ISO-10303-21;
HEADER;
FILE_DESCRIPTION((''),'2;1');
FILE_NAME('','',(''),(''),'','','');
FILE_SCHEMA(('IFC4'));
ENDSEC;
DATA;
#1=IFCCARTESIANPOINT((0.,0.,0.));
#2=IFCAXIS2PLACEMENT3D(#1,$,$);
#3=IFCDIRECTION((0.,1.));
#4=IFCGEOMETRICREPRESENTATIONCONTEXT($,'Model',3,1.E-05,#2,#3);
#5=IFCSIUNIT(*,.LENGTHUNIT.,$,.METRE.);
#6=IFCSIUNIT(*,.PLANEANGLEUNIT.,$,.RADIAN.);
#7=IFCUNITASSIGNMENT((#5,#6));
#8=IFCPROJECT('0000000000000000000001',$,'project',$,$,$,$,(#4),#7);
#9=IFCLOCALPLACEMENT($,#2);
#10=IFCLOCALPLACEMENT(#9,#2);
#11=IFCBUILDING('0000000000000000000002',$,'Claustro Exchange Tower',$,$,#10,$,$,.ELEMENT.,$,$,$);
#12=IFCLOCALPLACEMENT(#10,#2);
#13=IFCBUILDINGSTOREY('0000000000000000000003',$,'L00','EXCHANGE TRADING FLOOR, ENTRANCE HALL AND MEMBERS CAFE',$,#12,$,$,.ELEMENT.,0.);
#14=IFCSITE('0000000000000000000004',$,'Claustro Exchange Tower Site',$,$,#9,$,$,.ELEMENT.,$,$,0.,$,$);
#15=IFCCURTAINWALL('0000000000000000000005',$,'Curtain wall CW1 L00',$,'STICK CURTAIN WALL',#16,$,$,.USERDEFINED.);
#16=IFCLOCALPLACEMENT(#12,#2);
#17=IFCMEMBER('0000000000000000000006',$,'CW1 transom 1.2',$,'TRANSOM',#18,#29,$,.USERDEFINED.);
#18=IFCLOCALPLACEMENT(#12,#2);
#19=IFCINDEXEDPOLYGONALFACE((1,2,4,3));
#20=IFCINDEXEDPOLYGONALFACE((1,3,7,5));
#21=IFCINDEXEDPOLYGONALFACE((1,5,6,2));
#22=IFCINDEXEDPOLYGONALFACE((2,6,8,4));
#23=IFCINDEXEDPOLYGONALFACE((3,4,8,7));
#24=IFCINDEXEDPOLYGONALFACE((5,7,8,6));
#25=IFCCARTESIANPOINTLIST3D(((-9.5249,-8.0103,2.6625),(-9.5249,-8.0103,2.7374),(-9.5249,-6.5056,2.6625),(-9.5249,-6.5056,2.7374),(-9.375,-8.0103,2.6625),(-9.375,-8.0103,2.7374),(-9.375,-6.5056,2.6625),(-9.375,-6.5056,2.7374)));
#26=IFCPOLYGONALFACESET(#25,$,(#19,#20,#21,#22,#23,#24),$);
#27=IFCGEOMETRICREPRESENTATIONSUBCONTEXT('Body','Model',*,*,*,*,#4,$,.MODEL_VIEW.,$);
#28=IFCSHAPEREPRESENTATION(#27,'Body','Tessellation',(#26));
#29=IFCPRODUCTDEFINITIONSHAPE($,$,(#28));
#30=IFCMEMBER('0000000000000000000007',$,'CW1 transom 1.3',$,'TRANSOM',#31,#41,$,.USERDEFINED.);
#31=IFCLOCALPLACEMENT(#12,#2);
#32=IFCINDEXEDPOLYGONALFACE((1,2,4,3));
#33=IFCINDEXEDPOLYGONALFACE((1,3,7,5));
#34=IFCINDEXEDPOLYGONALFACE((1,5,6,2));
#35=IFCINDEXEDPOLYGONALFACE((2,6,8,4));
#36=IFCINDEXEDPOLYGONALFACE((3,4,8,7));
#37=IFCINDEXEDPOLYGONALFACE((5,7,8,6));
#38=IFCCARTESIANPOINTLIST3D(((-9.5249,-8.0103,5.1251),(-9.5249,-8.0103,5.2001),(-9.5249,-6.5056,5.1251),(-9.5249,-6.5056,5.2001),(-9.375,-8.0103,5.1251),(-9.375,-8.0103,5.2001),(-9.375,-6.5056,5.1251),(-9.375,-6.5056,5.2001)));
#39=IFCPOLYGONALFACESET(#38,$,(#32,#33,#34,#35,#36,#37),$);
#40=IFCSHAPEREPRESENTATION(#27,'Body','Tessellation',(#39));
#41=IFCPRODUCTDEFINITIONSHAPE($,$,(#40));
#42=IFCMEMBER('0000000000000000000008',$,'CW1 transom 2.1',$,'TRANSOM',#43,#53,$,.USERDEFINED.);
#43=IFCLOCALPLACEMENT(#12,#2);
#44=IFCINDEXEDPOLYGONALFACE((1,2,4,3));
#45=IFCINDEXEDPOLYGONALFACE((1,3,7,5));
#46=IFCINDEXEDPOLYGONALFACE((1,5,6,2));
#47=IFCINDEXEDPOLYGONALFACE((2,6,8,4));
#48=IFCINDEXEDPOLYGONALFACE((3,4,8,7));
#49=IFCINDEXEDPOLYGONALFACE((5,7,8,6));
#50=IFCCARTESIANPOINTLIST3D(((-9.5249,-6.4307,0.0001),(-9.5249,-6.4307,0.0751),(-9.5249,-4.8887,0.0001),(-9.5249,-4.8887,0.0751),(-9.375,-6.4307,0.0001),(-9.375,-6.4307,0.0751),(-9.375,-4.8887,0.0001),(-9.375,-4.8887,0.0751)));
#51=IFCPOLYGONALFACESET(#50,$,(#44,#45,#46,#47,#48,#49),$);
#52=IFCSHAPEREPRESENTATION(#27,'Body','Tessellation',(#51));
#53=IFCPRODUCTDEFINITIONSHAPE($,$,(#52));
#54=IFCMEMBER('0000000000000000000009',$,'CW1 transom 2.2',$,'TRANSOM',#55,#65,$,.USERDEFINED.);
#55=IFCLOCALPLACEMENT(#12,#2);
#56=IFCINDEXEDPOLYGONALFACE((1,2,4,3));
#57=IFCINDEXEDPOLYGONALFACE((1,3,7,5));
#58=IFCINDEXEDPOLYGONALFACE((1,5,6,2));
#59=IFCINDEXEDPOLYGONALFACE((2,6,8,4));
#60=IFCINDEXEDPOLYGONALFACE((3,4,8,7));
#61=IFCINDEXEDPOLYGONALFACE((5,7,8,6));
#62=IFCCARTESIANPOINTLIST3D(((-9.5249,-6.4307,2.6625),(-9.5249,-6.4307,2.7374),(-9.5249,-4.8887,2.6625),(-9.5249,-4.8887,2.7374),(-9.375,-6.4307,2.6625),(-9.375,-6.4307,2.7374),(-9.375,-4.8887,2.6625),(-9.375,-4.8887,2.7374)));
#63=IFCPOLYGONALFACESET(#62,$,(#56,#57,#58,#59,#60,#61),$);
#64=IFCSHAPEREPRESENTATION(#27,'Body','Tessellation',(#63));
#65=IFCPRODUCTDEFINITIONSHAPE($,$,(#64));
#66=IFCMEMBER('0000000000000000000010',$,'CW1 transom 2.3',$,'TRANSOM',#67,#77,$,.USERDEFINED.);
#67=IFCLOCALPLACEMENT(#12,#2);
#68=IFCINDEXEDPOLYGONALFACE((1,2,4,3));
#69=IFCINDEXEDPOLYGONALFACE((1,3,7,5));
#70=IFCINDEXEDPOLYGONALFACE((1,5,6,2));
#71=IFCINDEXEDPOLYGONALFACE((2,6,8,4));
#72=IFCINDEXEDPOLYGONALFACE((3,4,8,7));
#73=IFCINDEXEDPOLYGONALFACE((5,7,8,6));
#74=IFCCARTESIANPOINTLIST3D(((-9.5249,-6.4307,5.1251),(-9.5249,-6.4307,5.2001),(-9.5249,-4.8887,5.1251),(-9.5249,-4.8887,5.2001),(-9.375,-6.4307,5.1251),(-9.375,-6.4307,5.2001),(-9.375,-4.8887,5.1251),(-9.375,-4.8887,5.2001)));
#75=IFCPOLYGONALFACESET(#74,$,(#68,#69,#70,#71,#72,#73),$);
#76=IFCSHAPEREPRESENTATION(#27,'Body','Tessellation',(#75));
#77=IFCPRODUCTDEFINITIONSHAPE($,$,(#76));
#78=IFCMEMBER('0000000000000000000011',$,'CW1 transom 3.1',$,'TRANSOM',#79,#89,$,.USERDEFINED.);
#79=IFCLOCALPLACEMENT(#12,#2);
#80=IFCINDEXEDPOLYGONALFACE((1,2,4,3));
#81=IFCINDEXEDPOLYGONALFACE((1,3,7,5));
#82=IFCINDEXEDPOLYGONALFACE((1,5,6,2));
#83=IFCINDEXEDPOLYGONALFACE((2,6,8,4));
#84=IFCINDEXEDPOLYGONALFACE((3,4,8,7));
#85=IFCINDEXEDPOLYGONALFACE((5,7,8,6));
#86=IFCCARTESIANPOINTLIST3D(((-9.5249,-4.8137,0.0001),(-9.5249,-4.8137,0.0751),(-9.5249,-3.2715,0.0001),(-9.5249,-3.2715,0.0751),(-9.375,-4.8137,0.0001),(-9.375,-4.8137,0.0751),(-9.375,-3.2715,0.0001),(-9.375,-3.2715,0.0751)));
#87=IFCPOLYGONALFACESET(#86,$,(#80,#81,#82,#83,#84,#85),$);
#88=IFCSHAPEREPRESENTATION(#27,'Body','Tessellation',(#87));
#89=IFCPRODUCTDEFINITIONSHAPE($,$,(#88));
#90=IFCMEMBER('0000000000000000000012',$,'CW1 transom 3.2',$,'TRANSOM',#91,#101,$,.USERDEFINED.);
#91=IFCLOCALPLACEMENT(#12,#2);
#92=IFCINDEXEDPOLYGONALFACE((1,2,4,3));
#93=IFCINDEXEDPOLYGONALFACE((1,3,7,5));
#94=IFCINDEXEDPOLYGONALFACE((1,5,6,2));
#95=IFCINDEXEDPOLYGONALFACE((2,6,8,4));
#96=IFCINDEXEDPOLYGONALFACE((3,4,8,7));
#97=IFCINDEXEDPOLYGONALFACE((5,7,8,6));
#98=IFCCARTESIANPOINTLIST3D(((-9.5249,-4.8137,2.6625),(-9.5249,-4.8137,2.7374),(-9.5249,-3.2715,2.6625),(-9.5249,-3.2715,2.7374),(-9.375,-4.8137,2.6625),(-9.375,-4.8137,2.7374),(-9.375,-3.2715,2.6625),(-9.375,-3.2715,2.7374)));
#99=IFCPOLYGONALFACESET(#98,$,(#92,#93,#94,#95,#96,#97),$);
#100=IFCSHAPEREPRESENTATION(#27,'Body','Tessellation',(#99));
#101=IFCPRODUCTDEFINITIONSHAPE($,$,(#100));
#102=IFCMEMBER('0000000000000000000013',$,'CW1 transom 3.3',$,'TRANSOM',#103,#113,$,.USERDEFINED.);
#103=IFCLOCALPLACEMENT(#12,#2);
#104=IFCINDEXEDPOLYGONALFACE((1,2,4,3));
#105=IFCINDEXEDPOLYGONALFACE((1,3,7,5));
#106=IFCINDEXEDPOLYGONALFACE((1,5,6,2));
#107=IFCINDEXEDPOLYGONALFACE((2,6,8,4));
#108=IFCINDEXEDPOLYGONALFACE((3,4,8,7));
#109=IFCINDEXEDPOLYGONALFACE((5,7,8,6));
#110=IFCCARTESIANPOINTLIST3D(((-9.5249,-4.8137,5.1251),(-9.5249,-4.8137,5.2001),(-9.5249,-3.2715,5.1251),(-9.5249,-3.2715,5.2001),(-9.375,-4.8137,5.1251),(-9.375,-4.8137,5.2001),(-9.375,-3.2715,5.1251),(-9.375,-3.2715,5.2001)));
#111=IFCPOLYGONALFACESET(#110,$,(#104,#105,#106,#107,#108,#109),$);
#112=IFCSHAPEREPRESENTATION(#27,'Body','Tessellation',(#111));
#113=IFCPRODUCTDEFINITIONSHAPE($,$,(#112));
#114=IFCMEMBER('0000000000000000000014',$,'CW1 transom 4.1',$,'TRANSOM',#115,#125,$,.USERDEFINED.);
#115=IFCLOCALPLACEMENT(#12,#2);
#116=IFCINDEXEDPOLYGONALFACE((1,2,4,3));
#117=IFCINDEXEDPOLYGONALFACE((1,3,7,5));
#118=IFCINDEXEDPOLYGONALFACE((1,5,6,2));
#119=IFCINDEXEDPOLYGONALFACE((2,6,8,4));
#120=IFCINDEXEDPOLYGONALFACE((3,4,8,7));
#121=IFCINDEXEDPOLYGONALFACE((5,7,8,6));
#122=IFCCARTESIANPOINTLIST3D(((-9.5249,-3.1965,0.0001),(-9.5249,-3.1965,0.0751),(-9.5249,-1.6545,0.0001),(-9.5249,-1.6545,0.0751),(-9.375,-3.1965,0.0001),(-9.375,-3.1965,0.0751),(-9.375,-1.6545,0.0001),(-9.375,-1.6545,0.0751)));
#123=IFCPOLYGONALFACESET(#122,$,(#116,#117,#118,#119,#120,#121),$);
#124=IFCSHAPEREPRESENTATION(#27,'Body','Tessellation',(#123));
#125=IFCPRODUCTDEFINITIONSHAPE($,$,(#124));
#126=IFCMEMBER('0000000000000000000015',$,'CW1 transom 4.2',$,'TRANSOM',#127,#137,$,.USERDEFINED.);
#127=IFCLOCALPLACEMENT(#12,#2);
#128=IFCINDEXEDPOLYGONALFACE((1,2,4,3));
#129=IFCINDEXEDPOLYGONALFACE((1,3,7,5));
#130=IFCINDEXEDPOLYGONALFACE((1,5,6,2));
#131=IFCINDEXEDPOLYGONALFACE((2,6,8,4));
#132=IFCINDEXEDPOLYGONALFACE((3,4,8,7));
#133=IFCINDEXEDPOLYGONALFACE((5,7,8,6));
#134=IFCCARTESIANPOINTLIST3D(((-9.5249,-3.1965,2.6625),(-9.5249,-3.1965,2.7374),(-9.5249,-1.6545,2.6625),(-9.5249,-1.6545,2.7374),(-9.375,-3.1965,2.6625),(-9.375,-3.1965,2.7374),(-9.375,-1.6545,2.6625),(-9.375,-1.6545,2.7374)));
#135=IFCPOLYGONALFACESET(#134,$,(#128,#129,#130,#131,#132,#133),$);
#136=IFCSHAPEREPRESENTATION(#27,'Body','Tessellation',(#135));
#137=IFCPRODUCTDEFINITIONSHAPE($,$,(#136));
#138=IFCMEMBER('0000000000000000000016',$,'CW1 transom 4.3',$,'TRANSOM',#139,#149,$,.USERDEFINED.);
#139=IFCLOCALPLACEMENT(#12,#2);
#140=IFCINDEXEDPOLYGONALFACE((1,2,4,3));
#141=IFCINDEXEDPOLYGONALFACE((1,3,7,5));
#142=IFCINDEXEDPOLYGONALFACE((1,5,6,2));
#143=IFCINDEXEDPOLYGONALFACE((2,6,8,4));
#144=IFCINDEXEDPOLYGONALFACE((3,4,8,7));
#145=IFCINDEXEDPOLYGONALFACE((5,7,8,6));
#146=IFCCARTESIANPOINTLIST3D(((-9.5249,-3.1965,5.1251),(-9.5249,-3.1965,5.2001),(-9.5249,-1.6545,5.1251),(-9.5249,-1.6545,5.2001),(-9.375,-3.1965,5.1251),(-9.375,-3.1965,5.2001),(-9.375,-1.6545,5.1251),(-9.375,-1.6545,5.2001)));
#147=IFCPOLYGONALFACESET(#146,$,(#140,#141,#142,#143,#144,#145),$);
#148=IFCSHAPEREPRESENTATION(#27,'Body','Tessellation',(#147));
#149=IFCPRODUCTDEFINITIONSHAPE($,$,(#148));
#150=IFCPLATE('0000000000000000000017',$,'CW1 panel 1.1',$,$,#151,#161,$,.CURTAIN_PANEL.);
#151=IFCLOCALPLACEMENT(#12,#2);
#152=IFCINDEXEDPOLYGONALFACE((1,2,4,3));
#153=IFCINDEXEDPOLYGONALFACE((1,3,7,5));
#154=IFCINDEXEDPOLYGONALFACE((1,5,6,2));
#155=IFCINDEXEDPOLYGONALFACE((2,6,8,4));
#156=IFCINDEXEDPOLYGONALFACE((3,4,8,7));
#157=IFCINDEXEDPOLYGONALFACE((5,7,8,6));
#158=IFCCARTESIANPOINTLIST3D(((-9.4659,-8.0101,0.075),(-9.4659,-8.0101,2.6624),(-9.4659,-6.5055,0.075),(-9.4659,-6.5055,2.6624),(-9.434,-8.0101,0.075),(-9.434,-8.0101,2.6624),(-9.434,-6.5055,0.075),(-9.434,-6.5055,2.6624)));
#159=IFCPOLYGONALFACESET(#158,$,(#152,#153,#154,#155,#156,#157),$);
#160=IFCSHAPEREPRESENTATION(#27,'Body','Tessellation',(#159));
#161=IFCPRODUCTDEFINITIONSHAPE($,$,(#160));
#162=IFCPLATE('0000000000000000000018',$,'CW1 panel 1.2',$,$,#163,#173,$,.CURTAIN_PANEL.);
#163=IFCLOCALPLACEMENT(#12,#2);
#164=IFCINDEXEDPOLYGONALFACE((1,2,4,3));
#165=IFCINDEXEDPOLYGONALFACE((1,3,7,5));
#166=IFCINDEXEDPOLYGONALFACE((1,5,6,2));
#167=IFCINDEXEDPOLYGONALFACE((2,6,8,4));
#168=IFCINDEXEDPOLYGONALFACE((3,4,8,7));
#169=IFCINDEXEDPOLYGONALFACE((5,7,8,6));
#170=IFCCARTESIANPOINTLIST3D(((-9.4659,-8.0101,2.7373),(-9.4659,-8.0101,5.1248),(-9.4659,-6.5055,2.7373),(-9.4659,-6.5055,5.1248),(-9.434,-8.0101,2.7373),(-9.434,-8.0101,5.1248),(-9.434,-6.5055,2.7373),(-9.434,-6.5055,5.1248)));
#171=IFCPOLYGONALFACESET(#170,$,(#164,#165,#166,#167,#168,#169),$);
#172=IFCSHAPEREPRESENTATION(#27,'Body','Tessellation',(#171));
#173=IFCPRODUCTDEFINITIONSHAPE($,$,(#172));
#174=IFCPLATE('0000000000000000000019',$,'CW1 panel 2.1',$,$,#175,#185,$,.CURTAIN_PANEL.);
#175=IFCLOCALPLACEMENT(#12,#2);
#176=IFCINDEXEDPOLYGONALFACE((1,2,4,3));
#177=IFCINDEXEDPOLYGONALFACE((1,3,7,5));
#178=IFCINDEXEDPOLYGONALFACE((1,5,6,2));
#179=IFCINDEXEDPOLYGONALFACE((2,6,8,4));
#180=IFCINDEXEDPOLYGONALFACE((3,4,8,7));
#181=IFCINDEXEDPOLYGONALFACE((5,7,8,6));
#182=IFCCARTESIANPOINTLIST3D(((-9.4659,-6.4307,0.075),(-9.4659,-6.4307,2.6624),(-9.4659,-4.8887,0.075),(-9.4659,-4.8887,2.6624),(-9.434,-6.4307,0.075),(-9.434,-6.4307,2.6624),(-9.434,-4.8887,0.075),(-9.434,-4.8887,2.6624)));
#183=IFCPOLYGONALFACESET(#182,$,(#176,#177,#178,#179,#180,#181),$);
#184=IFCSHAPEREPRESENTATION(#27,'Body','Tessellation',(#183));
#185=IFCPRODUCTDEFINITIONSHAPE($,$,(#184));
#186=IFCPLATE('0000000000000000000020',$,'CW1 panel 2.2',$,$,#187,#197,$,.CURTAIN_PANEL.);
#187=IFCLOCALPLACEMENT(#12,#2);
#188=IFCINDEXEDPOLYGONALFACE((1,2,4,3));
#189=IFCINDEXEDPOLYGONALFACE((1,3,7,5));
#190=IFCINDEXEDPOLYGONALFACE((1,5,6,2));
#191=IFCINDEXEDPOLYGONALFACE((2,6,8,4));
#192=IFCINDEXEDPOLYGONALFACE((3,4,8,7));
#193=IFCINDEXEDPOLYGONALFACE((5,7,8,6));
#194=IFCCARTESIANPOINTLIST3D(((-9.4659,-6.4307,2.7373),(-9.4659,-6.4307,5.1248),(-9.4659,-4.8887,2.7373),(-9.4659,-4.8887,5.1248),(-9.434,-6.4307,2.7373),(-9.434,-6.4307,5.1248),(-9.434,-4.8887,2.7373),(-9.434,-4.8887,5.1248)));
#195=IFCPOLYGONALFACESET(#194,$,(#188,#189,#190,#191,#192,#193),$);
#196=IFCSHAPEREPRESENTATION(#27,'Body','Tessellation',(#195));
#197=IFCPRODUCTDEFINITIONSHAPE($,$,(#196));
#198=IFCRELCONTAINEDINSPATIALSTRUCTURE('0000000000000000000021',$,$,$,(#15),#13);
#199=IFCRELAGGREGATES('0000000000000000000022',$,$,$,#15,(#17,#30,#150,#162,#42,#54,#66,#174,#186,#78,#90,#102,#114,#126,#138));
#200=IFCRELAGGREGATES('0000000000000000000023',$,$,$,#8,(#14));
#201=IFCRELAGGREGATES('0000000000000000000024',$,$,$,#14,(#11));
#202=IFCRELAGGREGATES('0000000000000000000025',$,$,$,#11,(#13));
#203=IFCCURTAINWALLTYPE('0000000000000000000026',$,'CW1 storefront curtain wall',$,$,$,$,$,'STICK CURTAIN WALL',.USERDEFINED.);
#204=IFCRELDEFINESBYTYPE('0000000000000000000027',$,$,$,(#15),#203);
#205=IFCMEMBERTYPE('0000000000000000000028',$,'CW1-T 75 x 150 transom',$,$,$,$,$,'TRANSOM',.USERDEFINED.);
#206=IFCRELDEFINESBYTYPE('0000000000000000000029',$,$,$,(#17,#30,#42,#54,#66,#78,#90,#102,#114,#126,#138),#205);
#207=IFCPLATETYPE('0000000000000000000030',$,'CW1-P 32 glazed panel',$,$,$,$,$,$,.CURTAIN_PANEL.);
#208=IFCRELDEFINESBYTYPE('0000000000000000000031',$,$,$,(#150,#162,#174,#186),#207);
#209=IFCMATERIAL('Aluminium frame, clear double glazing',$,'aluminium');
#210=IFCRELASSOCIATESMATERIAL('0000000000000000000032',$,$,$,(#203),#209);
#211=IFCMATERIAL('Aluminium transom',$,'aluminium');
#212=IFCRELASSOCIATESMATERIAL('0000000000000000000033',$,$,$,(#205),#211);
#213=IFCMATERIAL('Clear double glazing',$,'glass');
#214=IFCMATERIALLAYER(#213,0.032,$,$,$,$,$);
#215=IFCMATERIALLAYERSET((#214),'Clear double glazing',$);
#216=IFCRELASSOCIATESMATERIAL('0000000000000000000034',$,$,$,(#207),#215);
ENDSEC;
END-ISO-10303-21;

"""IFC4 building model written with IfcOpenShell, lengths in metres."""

from ifc_helpers import new_model, si_unit, direction, frame, origin, origin_2d, place, context, subcontext, project, spatial, rectangle, extrude, material, layer, layer_set, material_profile, profile_set, type_object, element, aggregate, save


model = new_model("IFC4")

# Units and contexts
model_context = context("Model", 3, precision=1e-05, world=origin(), true_north=direction((0.0, 1.0)))
body_context = subcontext(model_context, "Body", "Model", "MODEL_VIEW")
ifc_project = project(units=[si_unit("LENGTHUNIT", "METRE"), si_unit("PLANEANGLEUNIT", "RADIAN")], contexts=[model_context])

# Site, building, storey
site_placement = place(None, origin())
site = spatial("IfcSite", under=ifc_project, at=site_placement, Name="Claustro Exchange Tower Site", CompositionType="ELEMENT", RefElevation=0.0)
building_placement = place(site_placement, origin())
building = spatial("IfcBuilding", under=site, at=building_placement, Name="Claustro Exchange Tower", CompositionType="ELEMENT")
storey_placement = place(building_placement, origin())
storey = spatial("IfcBuildingStorey", under=building, at=storey_placement, Name="L00", Description="EXCHANGE TRADING FLOOR, ENTRANCE HALL AND MEMBERS CAFE", CompositionType="ELEMENT", Elevation=0.0)

# Shared definitions
ifc_material_1 = material(Name="Aluminium frame, clear double glazing", Category="aluminium")
curtain_wall_type = type_object("IfcCurtainWallType", Name="CW1 storefront curtain wall", ElementType="STICK CURTAIN WALL", PredefinedType="USERDEFINED", material=ifc_material_1)

# Curtain wall, members, plates
curtain_wall_1_placement = place(storey_placement, origin())
curtain_wall_1 = element("IfcCurtainWall", 1, at=curtain_wall_1_placement, inside=storey, type_object=curtain_wall_type, Name="Curtain wall CW1 L00", ObjectType="STICK CURTAIN WALL", PredefinedType="USERDEFINED")
ifc_material_2 = material(Name="Aluminium transom", Category="aluminium")
ifc_material_profile_1 = material_profile(ifc_material_2, rectangle(XDim=0.1499, YDim=0.075, at=origin_2d()), Name="CW1-T 75x150")
ifc_profile_set_1 = profile_set([ifc_material_profile_1], Name="Aluminium transom")
member_type_1 = type_object("IfcMemberType", Name="CW1-T 75 x 150 transom", ElementType="TRANSOM", PredefinedType="USERDEFINED", material=ifc_profile_set_1)
member_1_placement = place(storey_placement, frame((-9.45, -8.0103, 2.7), z_axis=(0.0, 1.0, 0.0), x_axis=(-1.0, 0.0, 0.0)))
member_1 = element("IfcMember", 2, at=member_1_placement, type_object=member_type_1, Name="CW1 transom 1.2", ObjectType="TRANSOM", PredefinedType="USERDEFINED", context=body_context, shape_type="SweptSolid", body=[
    extrude(rectangle(XDim=0.1499, YDim=0.075, at=origin_2d()), origin(), (0.0, 0.0, 1.0), 1.5046),
])
member_2_placement = place(storey_placement, frame((-9.45, -8.0103, 5.1626), z_axis=(0.0, 1.0, 0.0), x_axis=(-1.0, 0.0, 0.0)))
member_2 = element("IfcMember", 3, at=member_2_placement, type_object=member_type_1, Name="CW1 transom 1.3", ObjectType="TRANSOM", PredefinedType="USERDEFINED", context=body_context, shape_type="SweptSolid", body=[
    extrude(rectangle(XDim=0.1499, YDim=0.075, at=origin_2d()), origin(), (0.0, 0.0, 1.0), 1.5046),
])
member_3_placement = place(storey_placement, frame((-9.45, -6.4307, 0.0376), z_axis=(0.0, 1.0, 0.0), x_axis=(-1.0, 0.0, 0.0)))
member_3 = element("IfcMember", 4, at=member_3_placement, type_object=member_type_1, Name="CW1 transom 2.1", ObjectType="TRANSOM", PredefinedType="USERDEFINED", context=body_context, shape_type="SweptSolid", body=[
    extrude(rectangle(XDim=0.1499, YDim=0.075, at=origin_2d()), origin(), (0.0, 0.0, 1.0), 1.542),
])
member_4_placement = place(storey_placement, frame((-9.45, -6.4307, 2.7), z_axis=(0.0, 1.0, 0.0), x_axis=(-1.0, 0.0, 0.0)))
member_4 = element("IfcMember", 5, at=member_4_placement, type_object=member_type_1, Name="CW1 transom 2.2", ObjectType="TRANSOM", PredefinedType="USERDEFINED", context=body_context, shape_type="SweptSolid", body=[
    extrude(rectangle(XDim=0.1499, YDim=0.075, at=origin_2d()), origin(), (0.0, 0.0, 1.0), 1.542),
])
member_5_placement = place(storey_placement, frame((-9.45, -6.4307, 5.1626), z_axis=(0.0, 1.0, 0.0), x_axis=(-1.0, 0.0, 0.0)))
member_5 = element("IfcMember", 6, at=member_5_placement, type_object=member_type_1, Name="CW1 transom 2.3", ObjectType="TRANSOM", PredefinedType="USERDEFINED", context=body_context, shape_type="SweptSolid", body=[
    extrude(rectangle(XDim=0.1499, YDim=0.075, at=origin_2d()), origin(), (0.0, 0.0, 1.0), 1.542),
])
member_6_placement = place(storey_placement, frame((-9.45, -4.8137, 0.0376), z_axis=(0.0, 1.0, 0.0), x_axis=(-1.0, 0.0, 0.0)))
member_6 = element("IfcMember", 7, at=member_6_placement, type_object=member_type_1, Name="CW1 transom 3.1", ObjectType="TRANSOM", PredefinedType="USERDEFINED", context=body_context, shape_type="SweptSolid", body=[
    extrude(rectangle(XDim=0.1499, YDim=0.075, at=origin_2d()), origin(), (0.0, 0.0, 1.0), 1.5422),
])
member_7_placement = place(storey_placement, frame((-9.45, -4.8137, 2.7), z_axis=(0.0, 1.0, 0.0), x_axis=(-1.0, 0.0, 0.0)))
member_7 = element("IfcMember", 8, at=member_7_placement, type_object=member_type_1, Name="CW1 transom 3.2", ObjectType="TRANSOM", PredefinedType="USERDEFINED", context=body_context, shape_type="SweptSolid", body=[
    extrude(rectangle(XDim=0.1499, YDim=0.075, at=origin_2d()), origin(), (0.0, 0.0, 1.0), 1.5422),
])
member_8_placement = place(storey_placement, frame((-9.45, -4.8137, 5.1626), z_axis=(0.0, 1.0, 0.0), x_axis=(-1.0, 0.0, 0.0)))
member_8 = element("IfcMember", 9, at=member_8_placement, type_object=member_type_1, Name="CW1 transom 3.3", ObjectType="TRANSOM", PredefinedType="USERDEFINED", context=body_context, shape_type="SweptSolid", body=[
    extrude(rectangle(XDim=0.1499, YDim=0.075, at=origin_2d()), origin(), (0.0, 0.0, 1.0), 1.5422),
])
member_9_placement = place(storey_placement, frame((-9.45, -3.1965, 0.0376), z_axis=(0.0, 1.0, 0.0), x_axis=(-1.0, 0.0, 0.0)))
member_9 = element("IfcMember", 10, at=member_9_placement, type_object=member_type_1, Name="CW1 transom 4.1", ObjectType="TRANSOM", PredefinedType="USERDEFINED", context=body_context, shape_type="SweptSolid", body=[
    extrude(rectangle(XDim=0.1499, YDim=0.075, at=origin_2d()), origin(), (0.0, 0.0, 1.0), 1.542),
])
member_10_placement = place(storey_placement, frame((-9.45, -3.1965, 2.7), z_axis=(0.0, 1.0, 0.0), x_axis=(-1.0, 0.0, 0.0)))
member_10 = element("IfcMember", 11, at=member_10_placement, type_object=member_type_1, Name="CW1 transom 4.2", ObjectType="TRANSOM", PredefinedType="USERDEFINED", context=body_context, shape_type="SweptSolid", body=[
    extrude(rectangle(XDim=0.1499, YDim=0.075, at=origin_2d()), origin(), (0.0, 0.0, 1.0), 1.542),
])
member_11_placement = place(storey_placement, frame((-9.45, -3.1965, 5.1626), z_axis=(0.0, 1.0, 0.0), x_axis=(-1.0, 0.0, 0.0)))
member_11 = element("IfcMember", 12, at=member_11_placement, type_object=member_type_1, Name="CW1 transom 4.3", ObjectType="TRANSOM", PredefinedType="USERDEFINED", context=body_context, shape_type="SweptSolid", body=[
    extrude(rectangle(XDim=0.1499, YDim=0.075, at=origin_2d()), origin(), (0.0, 0.0, 1.0), 1.542),
])
ifc_material_3 = material(Name="Clear double glazing", Category="glass")
ifc_layer_1 = layer(ifc_material_3, 0.032)
ifc_layer_set_1 = layer_set([ifc_layer_1], Name="Clear double glazing")
plate_type = type_object("IfcPlateType", Name="CW1-P 32 glazed panel", PredefinedType="CURTAIN_PANEL", material=ifc_layer_set_1)
plate_1_placement = place(storey_placement, frame((-9.45, -7.2578, 0.075), z_axis=(0.0, 0.0, 1.0), x_axis=(0.0, 1.0, 0.0)))
plate_1 = element("IfcPlate", 13, at=plate_1_placement, type_object=plate_type, Name="CW1 panel 1.1", PredefinedType="CURTAIN_PANEL", context=body_context, shape_type="SweptSolid", body=[
    extrude(rectangle(XDim=1.5046, YDim=0.032, at=origin_2d()), origin(), (0.0, 0.0, 1.0), 2.5874),
])
plate_2_placement = place(storey_placement, frame((-9.45, -7.2578, 2.7373), z_axis=(0.0, 0.0, 1.0), x_axis=(0.0, 1.0, 0.0)))
plate_2 = element("IfcPlate", 14, at=plate_2_placement, type_object=plate_type, Name="CW1 panel 1.2", PredefinedType="CURTAIN_PANEL", context=body_context, shape_type="SweptSolid", body=[
    extrude(rectangle(XDim=1.5046, YDim=0.032, at=origin_2d()), origin(), (0.0, 0.0, 1.0), 2.3875),
])
plate_3_placement = place(storey_placement, frame((-9.45, -5.6597, 0.075), z_axis=(0.0, 0.0, 1.0), x_axis=(0.0, 1.0, 0.0)))
plate_3 = element("IfcPlate", 15, at=plate_3_placement, type_object=plate_type, Name="CW1 panel 2.1", PredefinedType="CURTAIN_PANEL", context=body_context, shape_type="SweptSolid", body=[
    extrude(rectangle(XDim=1.542, YDim=0.032, at=origin_2d()), origin(), (0.0, 0.0, 1.0), 2.5874),
])
plate_4_placement = place(storey_placement, frame((-9.45, -5.6597, 2.7373), z_axis=(0.0, 0.0, 1.0), x_axis=(0.0, 1.0, 0.0)))
plate_4 = element("IfcPlate", 16, at=plate_4_placement, type_object=plate_type, Name="CW1 panel 2.2", PredefinedType="CURTAIN_PANEL", context=body_context, shape_type="SweptSolid", body=[
    extrude(rectangle(XDim=1.542, YDim=0.032, at=origin_2d()), origin(), (0.0, 0.0, 1.0), 2.3875),
])
aggregate(curtain_wall_1, [member_1, member_2, plate_1, plate_2, member_3, member_4, member_5, plate_3, plate_4, member_6, member_7, member_8, member_9, member_10, member_11])

save(model, "model.ifc")
